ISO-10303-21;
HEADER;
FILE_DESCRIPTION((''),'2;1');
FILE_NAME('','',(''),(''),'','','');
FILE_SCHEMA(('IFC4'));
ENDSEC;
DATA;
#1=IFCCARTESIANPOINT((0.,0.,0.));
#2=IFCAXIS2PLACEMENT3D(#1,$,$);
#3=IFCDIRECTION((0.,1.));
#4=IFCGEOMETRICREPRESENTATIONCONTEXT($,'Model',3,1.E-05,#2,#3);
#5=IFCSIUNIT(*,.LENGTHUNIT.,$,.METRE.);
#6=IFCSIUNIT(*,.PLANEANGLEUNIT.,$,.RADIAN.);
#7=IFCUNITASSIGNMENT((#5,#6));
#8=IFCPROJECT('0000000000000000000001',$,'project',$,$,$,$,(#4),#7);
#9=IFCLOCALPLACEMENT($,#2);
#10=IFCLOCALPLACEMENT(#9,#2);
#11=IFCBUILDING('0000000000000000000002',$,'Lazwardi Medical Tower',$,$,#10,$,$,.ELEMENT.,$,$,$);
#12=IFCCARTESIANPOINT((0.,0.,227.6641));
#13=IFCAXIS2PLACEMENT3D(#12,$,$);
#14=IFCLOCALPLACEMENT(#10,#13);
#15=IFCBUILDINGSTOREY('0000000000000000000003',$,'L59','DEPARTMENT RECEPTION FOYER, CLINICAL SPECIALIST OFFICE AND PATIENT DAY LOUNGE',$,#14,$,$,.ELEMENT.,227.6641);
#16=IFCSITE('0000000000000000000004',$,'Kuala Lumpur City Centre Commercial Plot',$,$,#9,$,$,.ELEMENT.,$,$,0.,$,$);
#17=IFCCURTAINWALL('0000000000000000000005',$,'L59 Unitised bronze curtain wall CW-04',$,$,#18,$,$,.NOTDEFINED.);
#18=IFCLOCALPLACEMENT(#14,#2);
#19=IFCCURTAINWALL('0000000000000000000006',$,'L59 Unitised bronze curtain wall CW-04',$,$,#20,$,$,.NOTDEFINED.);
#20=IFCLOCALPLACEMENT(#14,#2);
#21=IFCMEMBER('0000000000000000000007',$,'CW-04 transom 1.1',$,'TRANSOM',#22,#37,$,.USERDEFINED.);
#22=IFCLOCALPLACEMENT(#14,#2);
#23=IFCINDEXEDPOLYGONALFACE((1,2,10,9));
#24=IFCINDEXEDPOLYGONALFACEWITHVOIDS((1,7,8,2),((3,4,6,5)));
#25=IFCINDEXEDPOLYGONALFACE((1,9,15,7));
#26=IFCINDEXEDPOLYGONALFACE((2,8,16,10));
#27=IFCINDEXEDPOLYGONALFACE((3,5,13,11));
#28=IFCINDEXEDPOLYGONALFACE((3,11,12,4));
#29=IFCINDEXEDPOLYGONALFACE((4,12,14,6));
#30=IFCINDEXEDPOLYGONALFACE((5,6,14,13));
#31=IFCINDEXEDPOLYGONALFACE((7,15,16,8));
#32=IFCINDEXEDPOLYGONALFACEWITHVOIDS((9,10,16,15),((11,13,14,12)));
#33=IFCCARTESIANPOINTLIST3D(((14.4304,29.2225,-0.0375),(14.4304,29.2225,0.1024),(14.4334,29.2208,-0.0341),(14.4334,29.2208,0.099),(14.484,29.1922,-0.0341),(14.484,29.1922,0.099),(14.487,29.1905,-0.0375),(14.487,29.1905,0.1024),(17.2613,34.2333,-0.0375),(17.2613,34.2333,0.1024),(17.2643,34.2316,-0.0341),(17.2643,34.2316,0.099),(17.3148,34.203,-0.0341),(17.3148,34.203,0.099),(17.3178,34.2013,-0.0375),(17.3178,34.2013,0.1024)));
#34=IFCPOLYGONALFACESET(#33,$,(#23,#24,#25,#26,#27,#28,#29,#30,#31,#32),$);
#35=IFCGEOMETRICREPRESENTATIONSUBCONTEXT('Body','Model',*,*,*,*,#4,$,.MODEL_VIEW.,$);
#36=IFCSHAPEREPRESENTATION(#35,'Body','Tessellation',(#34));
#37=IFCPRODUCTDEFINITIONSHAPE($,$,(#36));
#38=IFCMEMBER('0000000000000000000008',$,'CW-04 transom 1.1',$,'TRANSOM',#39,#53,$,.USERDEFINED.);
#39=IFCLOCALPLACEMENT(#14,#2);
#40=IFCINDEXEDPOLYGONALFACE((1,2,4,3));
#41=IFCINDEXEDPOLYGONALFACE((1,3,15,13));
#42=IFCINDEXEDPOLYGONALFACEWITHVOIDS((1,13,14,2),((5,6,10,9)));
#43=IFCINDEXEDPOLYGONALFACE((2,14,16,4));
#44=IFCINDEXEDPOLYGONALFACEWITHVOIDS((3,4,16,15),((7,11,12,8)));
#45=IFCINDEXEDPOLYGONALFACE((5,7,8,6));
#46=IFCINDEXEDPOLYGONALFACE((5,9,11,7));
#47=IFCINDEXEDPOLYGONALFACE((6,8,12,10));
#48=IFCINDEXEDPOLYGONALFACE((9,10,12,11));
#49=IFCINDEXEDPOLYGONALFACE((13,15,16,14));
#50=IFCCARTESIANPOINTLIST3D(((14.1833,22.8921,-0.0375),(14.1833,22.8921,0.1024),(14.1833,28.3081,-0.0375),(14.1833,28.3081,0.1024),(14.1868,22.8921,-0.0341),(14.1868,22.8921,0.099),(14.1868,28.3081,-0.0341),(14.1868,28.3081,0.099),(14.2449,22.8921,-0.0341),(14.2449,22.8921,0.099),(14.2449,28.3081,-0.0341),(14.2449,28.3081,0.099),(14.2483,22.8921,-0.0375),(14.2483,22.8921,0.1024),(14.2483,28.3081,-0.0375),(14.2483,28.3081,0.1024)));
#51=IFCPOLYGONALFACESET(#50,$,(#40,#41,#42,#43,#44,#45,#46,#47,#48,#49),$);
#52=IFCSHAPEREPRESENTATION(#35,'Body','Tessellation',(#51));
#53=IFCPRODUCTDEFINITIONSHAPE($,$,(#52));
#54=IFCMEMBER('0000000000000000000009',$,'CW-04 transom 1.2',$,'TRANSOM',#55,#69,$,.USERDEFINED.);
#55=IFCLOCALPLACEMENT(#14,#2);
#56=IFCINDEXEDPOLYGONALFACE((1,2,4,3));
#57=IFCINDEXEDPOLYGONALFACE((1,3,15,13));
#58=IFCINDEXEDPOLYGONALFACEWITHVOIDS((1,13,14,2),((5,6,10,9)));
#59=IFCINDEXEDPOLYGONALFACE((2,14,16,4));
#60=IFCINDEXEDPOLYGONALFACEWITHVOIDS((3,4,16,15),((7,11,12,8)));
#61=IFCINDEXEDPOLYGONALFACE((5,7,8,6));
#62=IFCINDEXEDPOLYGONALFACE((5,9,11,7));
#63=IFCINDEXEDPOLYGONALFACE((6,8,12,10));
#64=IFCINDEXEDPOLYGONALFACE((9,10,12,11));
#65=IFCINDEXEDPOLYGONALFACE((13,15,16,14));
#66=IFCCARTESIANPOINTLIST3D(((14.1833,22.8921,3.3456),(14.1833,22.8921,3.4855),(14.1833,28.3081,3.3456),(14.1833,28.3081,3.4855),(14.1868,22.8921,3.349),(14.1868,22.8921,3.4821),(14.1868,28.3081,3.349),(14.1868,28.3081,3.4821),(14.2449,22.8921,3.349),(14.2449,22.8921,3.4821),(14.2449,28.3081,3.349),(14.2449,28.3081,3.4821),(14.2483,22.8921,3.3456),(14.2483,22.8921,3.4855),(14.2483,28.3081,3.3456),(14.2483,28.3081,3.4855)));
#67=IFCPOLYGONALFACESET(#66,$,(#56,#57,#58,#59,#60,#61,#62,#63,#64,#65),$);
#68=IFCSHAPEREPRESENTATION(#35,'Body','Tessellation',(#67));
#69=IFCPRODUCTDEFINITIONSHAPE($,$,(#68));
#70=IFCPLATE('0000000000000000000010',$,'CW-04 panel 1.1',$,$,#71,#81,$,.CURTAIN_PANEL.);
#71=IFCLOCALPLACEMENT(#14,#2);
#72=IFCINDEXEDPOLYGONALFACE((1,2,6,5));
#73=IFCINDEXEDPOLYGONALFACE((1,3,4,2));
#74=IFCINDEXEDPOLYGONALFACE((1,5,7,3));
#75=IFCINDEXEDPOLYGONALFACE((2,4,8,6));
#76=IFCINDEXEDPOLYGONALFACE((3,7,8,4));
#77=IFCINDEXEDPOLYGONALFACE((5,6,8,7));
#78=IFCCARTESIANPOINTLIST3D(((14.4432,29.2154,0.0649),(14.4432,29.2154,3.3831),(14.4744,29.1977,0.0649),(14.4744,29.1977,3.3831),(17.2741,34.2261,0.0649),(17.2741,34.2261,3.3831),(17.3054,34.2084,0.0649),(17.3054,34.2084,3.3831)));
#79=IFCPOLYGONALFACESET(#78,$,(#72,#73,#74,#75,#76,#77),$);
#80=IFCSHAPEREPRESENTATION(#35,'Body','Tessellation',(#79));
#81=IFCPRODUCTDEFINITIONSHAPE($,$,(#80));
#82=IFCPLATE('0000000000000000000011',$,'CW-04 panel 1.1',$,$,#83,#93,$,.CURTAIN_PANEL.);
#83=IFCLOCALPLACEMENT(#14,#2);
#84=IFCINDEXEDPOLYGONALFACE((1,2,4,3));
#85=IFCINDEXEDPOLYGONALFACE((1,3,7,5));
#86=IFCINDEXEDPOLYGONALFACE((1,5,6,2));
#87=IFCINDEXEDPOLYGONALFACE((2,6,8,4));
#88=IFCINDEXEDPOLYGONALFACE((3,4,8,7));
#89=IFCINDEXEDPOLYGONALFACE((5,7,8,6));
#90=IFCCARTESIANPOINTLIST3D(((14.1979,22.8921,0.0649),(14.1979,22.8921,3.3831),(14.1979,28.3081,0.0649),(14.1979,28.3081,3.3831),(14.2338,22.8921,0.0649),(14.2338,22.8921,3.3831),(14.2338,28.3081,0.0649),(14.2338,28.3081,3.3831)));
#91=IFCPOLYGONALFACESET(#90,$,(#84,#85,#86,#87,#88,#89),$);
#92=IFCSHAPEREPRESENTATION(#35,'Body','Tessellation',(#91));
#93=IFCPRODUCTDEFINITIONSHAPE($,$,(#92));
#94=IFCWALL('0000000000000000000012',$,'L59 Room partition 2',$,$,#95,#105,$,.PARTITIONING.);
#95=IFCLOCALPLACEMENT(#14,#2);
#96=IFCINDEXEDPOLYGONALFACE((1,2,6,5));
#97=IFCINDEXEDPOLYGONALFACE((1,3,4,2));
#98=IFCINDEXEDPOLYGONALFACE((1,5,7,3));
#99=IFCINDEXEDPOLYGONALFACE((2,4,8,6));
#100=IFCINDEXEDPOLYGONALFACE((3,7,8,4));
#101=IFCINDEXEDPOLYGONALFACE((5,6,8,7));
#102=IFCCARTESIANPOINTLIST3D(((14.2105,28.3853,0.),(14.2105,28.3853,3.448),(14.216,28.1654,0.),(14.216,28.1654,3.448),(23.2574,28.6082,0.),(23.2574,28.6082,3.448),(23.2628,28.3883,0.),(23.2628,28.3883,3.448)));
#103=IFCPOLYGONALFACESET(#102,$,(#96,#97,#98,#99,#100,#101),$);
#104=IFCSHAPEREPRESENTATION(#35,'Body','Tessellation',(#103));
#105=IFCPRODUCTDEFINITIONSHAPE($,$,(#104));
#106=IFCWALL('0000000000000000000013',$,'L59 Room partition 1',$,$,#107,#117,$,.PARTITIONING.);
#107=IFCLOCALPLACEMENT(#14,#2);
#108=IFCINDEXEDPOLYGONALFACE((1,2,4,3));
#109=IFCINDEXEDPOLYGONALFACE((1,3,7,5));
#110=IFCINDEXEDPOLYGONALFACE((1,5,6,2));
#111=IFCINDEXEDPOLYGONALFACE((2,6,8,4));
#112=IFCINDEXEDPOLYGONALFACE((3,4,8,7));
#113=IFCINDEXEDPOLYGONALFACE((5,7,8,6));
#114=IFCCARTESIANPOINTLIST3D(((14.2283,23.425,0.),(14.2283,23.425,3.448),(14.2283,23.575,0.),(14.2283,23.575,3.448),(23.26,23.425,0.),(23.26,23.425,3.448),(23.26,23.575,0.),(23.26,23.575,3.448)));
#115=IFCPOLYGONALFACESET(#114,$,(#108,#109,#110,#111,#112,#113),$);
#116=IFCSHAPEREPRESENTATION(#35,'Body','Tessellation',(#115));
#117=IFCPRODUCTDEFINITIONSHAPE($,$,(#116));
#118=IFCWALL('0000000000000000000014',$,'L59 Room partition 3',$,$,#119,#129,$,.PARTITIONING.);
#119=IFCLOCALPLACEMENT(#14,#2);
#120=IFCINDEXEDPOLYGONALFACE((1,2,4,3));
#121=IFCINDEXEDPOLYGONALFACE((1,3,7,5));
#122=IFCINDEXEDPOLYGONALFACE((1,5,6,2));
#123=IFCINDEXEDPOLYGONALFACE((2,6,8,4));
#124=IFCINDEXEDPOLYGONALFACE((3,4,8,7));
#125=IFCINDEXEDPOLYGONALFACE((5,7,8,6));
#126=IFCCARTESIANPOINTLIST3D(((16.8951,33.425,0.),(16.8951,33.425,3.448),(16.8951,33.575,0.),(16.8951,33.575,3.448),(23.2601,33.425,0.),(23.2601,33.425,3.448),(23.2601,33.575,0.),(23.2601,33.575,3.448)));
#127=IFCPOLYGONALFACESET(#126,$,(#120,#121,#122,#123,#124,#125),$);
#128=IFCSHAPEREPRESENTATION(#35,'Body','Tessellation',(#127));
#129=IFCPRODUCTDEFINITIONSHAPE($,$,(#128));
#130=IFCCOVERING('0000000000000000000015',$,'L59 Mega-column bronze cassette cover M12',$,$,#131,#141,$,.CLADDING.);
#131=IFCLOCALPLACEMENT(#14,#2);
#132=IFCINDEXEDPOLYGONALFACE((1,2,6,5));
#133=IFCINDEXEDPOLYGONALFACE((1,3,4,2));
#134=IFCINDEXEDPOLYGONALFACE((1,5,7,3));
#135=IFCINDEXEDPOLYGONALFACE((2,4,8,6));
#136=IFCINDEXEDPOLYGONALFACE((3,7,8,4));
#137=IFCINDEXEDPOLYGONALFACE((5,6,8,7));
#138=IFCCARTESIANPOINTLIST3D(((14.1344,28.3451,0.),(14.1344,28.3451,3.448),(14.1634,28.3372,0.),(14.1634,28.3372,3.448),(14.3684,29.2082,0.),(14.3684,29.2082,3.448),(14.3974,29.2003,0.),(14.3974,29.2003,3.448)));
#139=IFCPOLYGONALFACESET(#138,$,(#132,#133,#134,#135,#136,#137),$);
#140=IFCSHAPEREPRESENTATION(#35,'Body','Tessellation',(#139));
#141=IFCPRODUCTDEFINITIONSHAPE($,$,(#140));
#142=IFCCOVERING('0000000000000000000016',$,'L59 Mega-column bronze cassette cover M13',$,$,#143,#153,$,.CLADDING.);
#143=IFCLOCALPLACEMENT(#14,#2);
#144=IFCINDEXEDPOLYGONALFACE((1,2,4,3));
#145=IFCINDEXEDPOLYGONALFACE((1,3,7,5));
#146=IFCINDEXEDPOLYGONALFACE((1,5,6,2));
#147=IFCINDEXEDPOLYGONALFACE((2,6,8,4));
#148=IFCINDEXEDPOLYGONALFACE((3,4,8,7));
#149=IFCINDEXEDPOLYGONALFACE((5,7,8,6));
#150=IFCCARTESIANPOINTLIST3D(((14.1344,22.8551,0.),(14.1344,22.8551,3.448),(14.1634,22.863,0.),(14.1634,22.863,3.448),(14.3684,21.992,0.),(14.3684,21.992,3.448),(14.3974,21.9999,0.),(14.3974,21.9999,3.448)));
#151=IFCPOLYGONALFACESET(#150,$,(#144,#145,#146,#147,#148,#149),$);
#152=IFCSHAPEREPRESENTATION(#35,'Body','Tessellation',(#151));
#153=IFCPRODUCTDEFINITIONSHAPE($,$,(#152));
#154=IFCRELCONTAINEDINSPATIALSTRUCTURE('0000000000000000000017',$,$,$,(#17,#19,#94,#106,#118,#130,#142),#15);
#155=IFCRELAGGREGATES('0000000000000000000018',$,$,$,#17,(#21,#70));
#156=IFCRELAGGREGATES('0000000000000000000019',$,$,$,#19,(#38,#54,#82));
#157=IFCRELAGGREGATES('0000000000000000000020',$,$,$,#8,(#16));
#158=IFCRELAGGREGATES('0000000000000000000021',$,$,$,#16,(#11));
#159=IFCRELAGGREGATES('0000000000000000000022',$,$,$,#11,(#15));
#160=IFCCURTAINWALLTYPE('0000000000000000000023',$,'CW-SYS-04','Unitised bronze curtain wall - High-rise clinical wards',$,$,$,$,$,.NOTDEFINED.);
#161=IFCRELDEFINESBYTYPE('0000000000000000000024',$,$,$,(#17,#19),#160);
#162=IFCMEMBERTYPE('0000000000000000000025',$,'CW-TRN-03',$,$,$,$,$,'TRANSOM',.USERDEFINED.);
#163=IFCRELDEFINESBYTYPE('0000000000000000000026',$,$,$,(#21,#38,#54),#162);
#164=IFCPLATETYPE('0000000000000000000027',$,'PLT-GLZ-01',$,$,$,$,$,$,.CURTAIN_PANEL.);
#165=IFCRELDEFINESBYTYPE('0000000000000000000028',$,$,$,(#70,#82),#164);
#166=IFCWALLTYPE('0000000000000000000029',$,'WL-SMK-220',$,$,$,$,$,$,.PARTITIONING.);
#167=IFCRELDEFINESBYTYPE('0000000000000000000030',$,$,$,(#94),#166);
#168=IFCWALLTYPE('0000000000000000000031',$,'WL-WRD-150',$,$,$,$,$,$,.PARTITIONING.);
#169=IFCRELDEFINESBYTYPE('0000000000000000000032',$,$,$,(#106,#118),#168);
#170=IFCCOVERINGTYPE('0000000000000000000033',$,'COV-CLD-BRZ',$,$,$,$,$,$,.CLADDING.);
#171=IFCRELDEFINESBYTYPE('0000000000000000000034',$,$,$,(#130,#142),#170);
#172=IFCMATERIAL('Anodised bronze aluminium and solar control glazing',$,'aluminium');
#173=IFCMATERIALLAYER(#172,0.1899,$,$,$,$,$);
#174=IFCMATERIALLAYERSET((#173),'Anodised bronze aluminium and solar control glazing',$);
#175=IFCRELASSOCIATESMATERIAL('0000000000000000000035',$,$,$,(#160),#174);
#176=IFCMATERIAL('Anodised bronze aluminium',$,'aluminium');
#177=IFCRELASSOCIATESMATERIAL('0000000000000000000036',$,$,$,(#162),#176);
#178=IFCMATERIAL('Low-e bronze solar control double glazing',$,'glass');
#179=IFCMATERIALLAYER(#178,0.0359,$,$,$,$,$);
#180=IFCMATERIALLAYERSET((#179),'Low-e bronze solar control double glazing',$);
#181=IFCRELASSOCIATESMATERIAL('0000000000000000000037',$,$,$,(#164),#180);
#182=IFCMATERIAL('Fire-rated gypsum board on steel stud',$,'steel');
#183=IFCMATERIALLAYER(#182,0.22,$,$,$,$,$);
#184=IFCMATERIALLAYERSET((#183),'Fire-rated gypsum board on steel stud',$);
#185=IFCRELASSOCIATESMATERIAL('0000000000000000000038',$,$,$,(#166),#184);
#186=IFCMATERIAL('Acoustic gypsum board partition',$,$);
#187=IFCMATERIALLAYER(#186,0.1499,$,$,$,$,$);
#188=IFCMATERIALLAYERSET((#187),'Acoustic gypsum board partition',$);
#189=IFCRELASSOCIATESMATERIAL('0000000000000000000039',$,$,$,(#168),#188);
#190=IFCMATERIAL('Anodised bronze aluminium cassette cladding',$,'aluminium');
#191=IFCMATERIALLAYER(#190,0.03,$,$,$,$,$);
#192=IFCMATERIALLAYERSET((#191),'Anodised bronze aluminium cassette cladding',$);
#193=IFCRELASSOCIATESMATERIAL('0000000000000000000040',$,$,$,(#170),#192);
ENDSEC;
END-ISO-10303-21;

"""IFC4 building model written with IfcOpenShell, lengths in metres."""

from ifc_helpers import new_model, si_unit, direction, frame, frame_2d, origin, origin_2d, place, context, subcontext, project, spatial, rectangle, hollow_rectangle, extrude, material, layer, layer_set, material_profile, profile_set, type_object, element, aggregate, save


model = new_model("IFC4")

# Units and contexts
model_context = context("Model", 3, precision=1e-05, world=origin(), true_north=direction((0.0, 1.0)))
body_context = subcontext(model_context, "Body", "Model", "MODEL_VIEW")
ifc_project = project(units=[si_unit("LENGTHUNIT", "METRE"), si_unit("PLANEANGLEUNIT", "RADIAN")], contexts=[model_context])

# Site, building, storey
site_placement = place(None, origin())
site = spatial("IfcSite", under=ifc_project, at=site_placement, Name="Kuala Lumpur City Centre Commercial Plot", CompositionType="ELEMENT", RefElevation=0.0)
building_placement = place(site_placement, origin())
building = spatial("IfcBuilding", under=site, at=building_placement, Name="Lazwardi Medical Tower", CompositionType="ELEMENT")
storey_placement = place(building_placement, frame((0.0, 0.0, 227.6641)))
storey = spatial("IfcBuildingStorey", under=building, at=storey_placement, Name="L59", Description="DEPARTMENT RECEPTION FOYER, CLINICAL SPECIALIST OFFICE AND PATIENT DAY LOUNGE", CompositionType="ELEMENT", Elevation=227.6641)

# Curtain wall
ifc_material_1 = material(Name="Anodised bronze aluminium and solar control glazing", Category="aluminium")
ifc_layer_1 = layer(ifc_material_1, 0.1899)
ifc_layer_set_1 = layer_set([ifc_layer_1], Name="Anodised bronze aluminium and solar control glazing")
curtain_wall_type = type_object("IfcCurtainWallType", Name="CW-SYS-04", Description="Unitised bronze curtain wall - High-rise clinical wards", PredefinedType="NOTDEFINED", material=ifc_layer_set_1)
curtain_wall_1_placement = place(storey_placement, origin())
curtain_wall_1 = element("IfcCurtainWall", 1, at=curtain_wall_1_placement, inside=storey, type_object=curtain_wall_type, Name="L59 Unitised bronze curtain wall CW-04", PredefinedType="NOTDEFINED")
ifc_material_2 = material(Name="Anodised bronze aluminium", Category="aluminium")

# Curtain wall
curtain_wall_2_placement = place(storey_placement, origin())
curtain_wall_2 = element("IfcCurtainWall", 2, at=curtain_wall_2_placement, inside=storey, type_object=curtain_wall_type, Name="L59 Unitised bronze curtain wall CW-04", PredefinedType="NOTDEFINED")

# Members
ifc_material_profile_1 = material_profile(ifc_material_2, hollow_rectangle(XDim=0.0649, YDim=0.1399, WallThickness=0.0034, at=origin_2d()), Name="ALU-TRANSOM 140x65x3.5")
ifc_profile_set_1 = profile_set([ifc_material_profile_1], Name="Anodised bronze aluminium")
member_type_1 = type_object("IfcMemberType", Name="CW-TRN-03", ElementType="TRANSOM", PredefinedType="USERDEFINED", material=ifc_profile_set_1)
member_1_placement = place(storey_placement, frame((17.2896, 34.2173, 0.0325), z_axis=(-0.49188, -0.870663, 0.0), x_axis=(0.870663, -0.49188, 0.0)))
member_1 = element("IfcMember", 3, at=member_1_placement, type_object=member_type_1, Name="CW-04 transom 1.1", ObjectType="TRANSOM", PredefinedType="USERDEFINED", context=body_context, shape_type="SweptSolid", body=[
    extrude(hollow_rectangle(XDim=0.0649, YDim=0.1399, WallThickness=0.0034, at=origin_2d()), origin(), (0.0, 0.0, 1.0), 5.7551),
])
member_2_placement = place(storey_placement, frame((14.2158, 28.3081, 0.0325), z_axis=(0.0, -1.0, 0.0), x_axis=(1.0, 0.0, 0.0)))
member_2 = element("IfcMember", 4, at=member_2_placement, type_object=member_type_1, Name="CW-04 transom 1.1", ObjectType="TRANSOM", PredefinedType="USERDEFINED", context=body_context, shape_type="SweptSolid", body=[
    extrude(hollow_rectangle(XDim=0.0649, YDim=0.1399, WallThickness=0.0034, at=origin_2d()), origin(), (0.0, 0.0, 1.0), 5.416),
])
member_3_placement = place(storey_placement, frame((14.2158, 28.3081, 3.4155), z_axis=(0.0, -1.0, 0.0), x_axis=(1.0, 0.0, 0.0)))
member_3 = element("IfcMember", 5, at=member_3_placement, type_object=member_type_1, Name="CW-04 transom 1.2", ObjectType="TRANSOM", PredefinedType="USERDEFINED", context=body_context, shape_type="SweptSolid", body=[
    extrude(hollow_rectangle(XDim=0.0649, YDim=0.1399, WallThickness=0.0034, at=origin_2d()), origin(), (0.0, 0.0, 1.0), 5.416),
])

# Plates
ifc_material_3 = material(Name="Low-e bronze solar control double glazing", Category="glass")
ifc_layer_2 = layer(ifc_material_3, 0.0359)
ifc_layer_set_2 = layer_set([ifc_layer_2], Name="Low-e bronze solar control double glazing")
plate_type = type_object("IfcPlateType", Name="PLT-GLZ-01", PredefinedType="CURTAIN_PANEL", material=ifc_layer_set_2)
plate_1_placement = place(storey_placement, frame((15.8743, 31.7119, 0.0649), z_axis=(0.0, 0.0, 1.0), x_axis=(-0.4919, -0.870651, 0.0)))
plate_1 = element("IfcPlate", 6, at=plate_1_placement, type_object=plate_type, Name="CW-04 panel 1.1", PredefinedType="CURTAIN_PANEL", context=body_context, shape_type="SweptSolid", body=[
    extrude(rectangle(XDim=5.7551, YDim=0.0359, at=origin_2d()), origin(), (0.0, 0.0, 1.0), 3.3181),
])
aggregate(curtain_wall_1, [member_1, plate_1])
plate_2_placement = place(storey_placement, frame((14.2158, 25.6001, 0.0649), z_axis=(0.0, 0.0, 1.0), x_axis=(0.0, -1.0, 0.0)))
plate_2 = element("IfcPlate", 7, at=plate_2_placement, type_object=plate_type, Name="CW-04 panel 1.1", PredefinedType="CURTAIN_PANEL", context=body_context, shape_type="SweptSolid", body=[
    extrude(rectangle(XDim=5.416, YDim=0.0359, at=origin_2d()), origin(), (0.0, 0.0, 1.0), 3.3181),
])
aggregate(curtain_wall_2, [member_2, member_3, plate_2])

# Walls
ifc_material_4 = material(Name="Fire-rated gypsum board on steel stud", Category="steel")
ifc_layer_3 = layer(ifc_material_4, 0.22)
ifc_layer_set_3 = layer_set([ifc_layer_3], Name="Fire-rated gypsum board on steel stud")
wall_type_1 = type_object("IfcWallType", Name="WL-SMK-220", PredefinedType="PARTITIONING", material=ifc_layer_set_3)
wall_1_placement = place(storey_placement, frame((14.2131, 28.2754, 0.0), z_axis=(0.0, 0.0, 1.0), x_axis=(0.999697, 0.024631, 0.0)))
element("IfcWall", 8, at=wall_1_placement, inside=storey, type_object=wall_type_1, Name="L59 Room partition 2", PredefinedType="PARTITIONING", context=body_context, shape_type="SweptSolid", body=[
    extrude(rectangle(XDim=9.0496, YDim=0.22, at=frame_2d((4.5249, 0.0))), origin(), (0.0, 0.0, 1.0), 3.448),
])
ifc_material_5 = material(Name="Acoustic gypsum board partition")
ifc_layer_4 = layer(ifc_material_5, 0.1499)
ifc_layer_set_4 = layer_set([ifc_layer_4], Name="Acoustic gypsum board partition")
wall_type_2 = type_object("IfcWallType", Name="WL-WRD-150", PredefinedType="PARTITIONING", material=ifc_layer_set_4)
wall_2_placement = place(storey_placement, frame((14.2283, 23.5, 0.0), z_axis=(0.0, 0.0, 1.0), x_axis=(1.0, 0.0, 0.0)))
element("IfcWall", 9, at=wall_2_placement, inside=storey, type_object=wall_type_2, Name="L59 Room partition 1", PredefinedType="PARTITIONING", context=body_context, shape_type="SweptSolid", body=[
    extrude(rectangle(XDim=9.0317, YDim=0.1499, at=frame_2d((4.5159, 0.0))), origin(), (0.0, 0.0, 1.0), 3.448),
])
wall_3_placement = place(storey_placement, frame((16.895, 33.5, 0.0), z_axis=(0.0, 0.0, 1.0), x_axis=(1.0, 0.0, 0.0)))
element("IfcWall", 10, at=wall_3_placement, inside=storey, type_object=wall_type_2, Name="L59 Room partition 3", PredefinedType="PARTITIONING", context=body_context, shape_type="SweptSolid", body=[
    extrude(rectangle(XDim=6.365, YDim=0.1499, at=frame_2d((3.1826, 0.0))), origin(), (0.0, 0.0, 1.0), 3.448),
])

# Coverings
ifc_material_6 = material(Name="Anodised bronze aluminium cassette cladding", Category="aluminium")
ifc_layer_5 = layer(ifc_material_6, 0.03)
ifc_layer_set_5 = layer_set([ifc_layer_5], Name="Anodised bronze aluminium cassette cladding")
covering_type = type_object("IfcCoveringType", Name="COV-CLD-BRZ", PredefinedType="CLADDING", material=ifc_layer_set_5)
for number, where, z_axis, x_axis, name in (
    (11, (14.2659, 28.7727, 0.0), (0.0, 0.0, 1.0), (-0.261642, -0.965165, 0.0), "L59 Mega-column bronze cassette cover M12"),
    (12, (14.2659, 22.4275, 0.0), (0.0, 0.0, 1.0), (0.261642, -0.965165, 0.0), "L59 Mega-column bronze cassette cover M13"),
):
    element("IfcCovering", number, at=place(storey_placement, frame(where, z_axis=z_axis, x_axis=x_axis)), inside=storey, type_object=covering_type, Name=name, PredefinedType="CLADDING", context=body_context, shape_type="SweptSolid", body=[
        extrude(rectangle(XDim=0.8943, YDim=0.03, at=origin_2d()), origin(), (0.0, 0.0, 1.0), 3.448),
    ])

save(model, "model.ifc")
